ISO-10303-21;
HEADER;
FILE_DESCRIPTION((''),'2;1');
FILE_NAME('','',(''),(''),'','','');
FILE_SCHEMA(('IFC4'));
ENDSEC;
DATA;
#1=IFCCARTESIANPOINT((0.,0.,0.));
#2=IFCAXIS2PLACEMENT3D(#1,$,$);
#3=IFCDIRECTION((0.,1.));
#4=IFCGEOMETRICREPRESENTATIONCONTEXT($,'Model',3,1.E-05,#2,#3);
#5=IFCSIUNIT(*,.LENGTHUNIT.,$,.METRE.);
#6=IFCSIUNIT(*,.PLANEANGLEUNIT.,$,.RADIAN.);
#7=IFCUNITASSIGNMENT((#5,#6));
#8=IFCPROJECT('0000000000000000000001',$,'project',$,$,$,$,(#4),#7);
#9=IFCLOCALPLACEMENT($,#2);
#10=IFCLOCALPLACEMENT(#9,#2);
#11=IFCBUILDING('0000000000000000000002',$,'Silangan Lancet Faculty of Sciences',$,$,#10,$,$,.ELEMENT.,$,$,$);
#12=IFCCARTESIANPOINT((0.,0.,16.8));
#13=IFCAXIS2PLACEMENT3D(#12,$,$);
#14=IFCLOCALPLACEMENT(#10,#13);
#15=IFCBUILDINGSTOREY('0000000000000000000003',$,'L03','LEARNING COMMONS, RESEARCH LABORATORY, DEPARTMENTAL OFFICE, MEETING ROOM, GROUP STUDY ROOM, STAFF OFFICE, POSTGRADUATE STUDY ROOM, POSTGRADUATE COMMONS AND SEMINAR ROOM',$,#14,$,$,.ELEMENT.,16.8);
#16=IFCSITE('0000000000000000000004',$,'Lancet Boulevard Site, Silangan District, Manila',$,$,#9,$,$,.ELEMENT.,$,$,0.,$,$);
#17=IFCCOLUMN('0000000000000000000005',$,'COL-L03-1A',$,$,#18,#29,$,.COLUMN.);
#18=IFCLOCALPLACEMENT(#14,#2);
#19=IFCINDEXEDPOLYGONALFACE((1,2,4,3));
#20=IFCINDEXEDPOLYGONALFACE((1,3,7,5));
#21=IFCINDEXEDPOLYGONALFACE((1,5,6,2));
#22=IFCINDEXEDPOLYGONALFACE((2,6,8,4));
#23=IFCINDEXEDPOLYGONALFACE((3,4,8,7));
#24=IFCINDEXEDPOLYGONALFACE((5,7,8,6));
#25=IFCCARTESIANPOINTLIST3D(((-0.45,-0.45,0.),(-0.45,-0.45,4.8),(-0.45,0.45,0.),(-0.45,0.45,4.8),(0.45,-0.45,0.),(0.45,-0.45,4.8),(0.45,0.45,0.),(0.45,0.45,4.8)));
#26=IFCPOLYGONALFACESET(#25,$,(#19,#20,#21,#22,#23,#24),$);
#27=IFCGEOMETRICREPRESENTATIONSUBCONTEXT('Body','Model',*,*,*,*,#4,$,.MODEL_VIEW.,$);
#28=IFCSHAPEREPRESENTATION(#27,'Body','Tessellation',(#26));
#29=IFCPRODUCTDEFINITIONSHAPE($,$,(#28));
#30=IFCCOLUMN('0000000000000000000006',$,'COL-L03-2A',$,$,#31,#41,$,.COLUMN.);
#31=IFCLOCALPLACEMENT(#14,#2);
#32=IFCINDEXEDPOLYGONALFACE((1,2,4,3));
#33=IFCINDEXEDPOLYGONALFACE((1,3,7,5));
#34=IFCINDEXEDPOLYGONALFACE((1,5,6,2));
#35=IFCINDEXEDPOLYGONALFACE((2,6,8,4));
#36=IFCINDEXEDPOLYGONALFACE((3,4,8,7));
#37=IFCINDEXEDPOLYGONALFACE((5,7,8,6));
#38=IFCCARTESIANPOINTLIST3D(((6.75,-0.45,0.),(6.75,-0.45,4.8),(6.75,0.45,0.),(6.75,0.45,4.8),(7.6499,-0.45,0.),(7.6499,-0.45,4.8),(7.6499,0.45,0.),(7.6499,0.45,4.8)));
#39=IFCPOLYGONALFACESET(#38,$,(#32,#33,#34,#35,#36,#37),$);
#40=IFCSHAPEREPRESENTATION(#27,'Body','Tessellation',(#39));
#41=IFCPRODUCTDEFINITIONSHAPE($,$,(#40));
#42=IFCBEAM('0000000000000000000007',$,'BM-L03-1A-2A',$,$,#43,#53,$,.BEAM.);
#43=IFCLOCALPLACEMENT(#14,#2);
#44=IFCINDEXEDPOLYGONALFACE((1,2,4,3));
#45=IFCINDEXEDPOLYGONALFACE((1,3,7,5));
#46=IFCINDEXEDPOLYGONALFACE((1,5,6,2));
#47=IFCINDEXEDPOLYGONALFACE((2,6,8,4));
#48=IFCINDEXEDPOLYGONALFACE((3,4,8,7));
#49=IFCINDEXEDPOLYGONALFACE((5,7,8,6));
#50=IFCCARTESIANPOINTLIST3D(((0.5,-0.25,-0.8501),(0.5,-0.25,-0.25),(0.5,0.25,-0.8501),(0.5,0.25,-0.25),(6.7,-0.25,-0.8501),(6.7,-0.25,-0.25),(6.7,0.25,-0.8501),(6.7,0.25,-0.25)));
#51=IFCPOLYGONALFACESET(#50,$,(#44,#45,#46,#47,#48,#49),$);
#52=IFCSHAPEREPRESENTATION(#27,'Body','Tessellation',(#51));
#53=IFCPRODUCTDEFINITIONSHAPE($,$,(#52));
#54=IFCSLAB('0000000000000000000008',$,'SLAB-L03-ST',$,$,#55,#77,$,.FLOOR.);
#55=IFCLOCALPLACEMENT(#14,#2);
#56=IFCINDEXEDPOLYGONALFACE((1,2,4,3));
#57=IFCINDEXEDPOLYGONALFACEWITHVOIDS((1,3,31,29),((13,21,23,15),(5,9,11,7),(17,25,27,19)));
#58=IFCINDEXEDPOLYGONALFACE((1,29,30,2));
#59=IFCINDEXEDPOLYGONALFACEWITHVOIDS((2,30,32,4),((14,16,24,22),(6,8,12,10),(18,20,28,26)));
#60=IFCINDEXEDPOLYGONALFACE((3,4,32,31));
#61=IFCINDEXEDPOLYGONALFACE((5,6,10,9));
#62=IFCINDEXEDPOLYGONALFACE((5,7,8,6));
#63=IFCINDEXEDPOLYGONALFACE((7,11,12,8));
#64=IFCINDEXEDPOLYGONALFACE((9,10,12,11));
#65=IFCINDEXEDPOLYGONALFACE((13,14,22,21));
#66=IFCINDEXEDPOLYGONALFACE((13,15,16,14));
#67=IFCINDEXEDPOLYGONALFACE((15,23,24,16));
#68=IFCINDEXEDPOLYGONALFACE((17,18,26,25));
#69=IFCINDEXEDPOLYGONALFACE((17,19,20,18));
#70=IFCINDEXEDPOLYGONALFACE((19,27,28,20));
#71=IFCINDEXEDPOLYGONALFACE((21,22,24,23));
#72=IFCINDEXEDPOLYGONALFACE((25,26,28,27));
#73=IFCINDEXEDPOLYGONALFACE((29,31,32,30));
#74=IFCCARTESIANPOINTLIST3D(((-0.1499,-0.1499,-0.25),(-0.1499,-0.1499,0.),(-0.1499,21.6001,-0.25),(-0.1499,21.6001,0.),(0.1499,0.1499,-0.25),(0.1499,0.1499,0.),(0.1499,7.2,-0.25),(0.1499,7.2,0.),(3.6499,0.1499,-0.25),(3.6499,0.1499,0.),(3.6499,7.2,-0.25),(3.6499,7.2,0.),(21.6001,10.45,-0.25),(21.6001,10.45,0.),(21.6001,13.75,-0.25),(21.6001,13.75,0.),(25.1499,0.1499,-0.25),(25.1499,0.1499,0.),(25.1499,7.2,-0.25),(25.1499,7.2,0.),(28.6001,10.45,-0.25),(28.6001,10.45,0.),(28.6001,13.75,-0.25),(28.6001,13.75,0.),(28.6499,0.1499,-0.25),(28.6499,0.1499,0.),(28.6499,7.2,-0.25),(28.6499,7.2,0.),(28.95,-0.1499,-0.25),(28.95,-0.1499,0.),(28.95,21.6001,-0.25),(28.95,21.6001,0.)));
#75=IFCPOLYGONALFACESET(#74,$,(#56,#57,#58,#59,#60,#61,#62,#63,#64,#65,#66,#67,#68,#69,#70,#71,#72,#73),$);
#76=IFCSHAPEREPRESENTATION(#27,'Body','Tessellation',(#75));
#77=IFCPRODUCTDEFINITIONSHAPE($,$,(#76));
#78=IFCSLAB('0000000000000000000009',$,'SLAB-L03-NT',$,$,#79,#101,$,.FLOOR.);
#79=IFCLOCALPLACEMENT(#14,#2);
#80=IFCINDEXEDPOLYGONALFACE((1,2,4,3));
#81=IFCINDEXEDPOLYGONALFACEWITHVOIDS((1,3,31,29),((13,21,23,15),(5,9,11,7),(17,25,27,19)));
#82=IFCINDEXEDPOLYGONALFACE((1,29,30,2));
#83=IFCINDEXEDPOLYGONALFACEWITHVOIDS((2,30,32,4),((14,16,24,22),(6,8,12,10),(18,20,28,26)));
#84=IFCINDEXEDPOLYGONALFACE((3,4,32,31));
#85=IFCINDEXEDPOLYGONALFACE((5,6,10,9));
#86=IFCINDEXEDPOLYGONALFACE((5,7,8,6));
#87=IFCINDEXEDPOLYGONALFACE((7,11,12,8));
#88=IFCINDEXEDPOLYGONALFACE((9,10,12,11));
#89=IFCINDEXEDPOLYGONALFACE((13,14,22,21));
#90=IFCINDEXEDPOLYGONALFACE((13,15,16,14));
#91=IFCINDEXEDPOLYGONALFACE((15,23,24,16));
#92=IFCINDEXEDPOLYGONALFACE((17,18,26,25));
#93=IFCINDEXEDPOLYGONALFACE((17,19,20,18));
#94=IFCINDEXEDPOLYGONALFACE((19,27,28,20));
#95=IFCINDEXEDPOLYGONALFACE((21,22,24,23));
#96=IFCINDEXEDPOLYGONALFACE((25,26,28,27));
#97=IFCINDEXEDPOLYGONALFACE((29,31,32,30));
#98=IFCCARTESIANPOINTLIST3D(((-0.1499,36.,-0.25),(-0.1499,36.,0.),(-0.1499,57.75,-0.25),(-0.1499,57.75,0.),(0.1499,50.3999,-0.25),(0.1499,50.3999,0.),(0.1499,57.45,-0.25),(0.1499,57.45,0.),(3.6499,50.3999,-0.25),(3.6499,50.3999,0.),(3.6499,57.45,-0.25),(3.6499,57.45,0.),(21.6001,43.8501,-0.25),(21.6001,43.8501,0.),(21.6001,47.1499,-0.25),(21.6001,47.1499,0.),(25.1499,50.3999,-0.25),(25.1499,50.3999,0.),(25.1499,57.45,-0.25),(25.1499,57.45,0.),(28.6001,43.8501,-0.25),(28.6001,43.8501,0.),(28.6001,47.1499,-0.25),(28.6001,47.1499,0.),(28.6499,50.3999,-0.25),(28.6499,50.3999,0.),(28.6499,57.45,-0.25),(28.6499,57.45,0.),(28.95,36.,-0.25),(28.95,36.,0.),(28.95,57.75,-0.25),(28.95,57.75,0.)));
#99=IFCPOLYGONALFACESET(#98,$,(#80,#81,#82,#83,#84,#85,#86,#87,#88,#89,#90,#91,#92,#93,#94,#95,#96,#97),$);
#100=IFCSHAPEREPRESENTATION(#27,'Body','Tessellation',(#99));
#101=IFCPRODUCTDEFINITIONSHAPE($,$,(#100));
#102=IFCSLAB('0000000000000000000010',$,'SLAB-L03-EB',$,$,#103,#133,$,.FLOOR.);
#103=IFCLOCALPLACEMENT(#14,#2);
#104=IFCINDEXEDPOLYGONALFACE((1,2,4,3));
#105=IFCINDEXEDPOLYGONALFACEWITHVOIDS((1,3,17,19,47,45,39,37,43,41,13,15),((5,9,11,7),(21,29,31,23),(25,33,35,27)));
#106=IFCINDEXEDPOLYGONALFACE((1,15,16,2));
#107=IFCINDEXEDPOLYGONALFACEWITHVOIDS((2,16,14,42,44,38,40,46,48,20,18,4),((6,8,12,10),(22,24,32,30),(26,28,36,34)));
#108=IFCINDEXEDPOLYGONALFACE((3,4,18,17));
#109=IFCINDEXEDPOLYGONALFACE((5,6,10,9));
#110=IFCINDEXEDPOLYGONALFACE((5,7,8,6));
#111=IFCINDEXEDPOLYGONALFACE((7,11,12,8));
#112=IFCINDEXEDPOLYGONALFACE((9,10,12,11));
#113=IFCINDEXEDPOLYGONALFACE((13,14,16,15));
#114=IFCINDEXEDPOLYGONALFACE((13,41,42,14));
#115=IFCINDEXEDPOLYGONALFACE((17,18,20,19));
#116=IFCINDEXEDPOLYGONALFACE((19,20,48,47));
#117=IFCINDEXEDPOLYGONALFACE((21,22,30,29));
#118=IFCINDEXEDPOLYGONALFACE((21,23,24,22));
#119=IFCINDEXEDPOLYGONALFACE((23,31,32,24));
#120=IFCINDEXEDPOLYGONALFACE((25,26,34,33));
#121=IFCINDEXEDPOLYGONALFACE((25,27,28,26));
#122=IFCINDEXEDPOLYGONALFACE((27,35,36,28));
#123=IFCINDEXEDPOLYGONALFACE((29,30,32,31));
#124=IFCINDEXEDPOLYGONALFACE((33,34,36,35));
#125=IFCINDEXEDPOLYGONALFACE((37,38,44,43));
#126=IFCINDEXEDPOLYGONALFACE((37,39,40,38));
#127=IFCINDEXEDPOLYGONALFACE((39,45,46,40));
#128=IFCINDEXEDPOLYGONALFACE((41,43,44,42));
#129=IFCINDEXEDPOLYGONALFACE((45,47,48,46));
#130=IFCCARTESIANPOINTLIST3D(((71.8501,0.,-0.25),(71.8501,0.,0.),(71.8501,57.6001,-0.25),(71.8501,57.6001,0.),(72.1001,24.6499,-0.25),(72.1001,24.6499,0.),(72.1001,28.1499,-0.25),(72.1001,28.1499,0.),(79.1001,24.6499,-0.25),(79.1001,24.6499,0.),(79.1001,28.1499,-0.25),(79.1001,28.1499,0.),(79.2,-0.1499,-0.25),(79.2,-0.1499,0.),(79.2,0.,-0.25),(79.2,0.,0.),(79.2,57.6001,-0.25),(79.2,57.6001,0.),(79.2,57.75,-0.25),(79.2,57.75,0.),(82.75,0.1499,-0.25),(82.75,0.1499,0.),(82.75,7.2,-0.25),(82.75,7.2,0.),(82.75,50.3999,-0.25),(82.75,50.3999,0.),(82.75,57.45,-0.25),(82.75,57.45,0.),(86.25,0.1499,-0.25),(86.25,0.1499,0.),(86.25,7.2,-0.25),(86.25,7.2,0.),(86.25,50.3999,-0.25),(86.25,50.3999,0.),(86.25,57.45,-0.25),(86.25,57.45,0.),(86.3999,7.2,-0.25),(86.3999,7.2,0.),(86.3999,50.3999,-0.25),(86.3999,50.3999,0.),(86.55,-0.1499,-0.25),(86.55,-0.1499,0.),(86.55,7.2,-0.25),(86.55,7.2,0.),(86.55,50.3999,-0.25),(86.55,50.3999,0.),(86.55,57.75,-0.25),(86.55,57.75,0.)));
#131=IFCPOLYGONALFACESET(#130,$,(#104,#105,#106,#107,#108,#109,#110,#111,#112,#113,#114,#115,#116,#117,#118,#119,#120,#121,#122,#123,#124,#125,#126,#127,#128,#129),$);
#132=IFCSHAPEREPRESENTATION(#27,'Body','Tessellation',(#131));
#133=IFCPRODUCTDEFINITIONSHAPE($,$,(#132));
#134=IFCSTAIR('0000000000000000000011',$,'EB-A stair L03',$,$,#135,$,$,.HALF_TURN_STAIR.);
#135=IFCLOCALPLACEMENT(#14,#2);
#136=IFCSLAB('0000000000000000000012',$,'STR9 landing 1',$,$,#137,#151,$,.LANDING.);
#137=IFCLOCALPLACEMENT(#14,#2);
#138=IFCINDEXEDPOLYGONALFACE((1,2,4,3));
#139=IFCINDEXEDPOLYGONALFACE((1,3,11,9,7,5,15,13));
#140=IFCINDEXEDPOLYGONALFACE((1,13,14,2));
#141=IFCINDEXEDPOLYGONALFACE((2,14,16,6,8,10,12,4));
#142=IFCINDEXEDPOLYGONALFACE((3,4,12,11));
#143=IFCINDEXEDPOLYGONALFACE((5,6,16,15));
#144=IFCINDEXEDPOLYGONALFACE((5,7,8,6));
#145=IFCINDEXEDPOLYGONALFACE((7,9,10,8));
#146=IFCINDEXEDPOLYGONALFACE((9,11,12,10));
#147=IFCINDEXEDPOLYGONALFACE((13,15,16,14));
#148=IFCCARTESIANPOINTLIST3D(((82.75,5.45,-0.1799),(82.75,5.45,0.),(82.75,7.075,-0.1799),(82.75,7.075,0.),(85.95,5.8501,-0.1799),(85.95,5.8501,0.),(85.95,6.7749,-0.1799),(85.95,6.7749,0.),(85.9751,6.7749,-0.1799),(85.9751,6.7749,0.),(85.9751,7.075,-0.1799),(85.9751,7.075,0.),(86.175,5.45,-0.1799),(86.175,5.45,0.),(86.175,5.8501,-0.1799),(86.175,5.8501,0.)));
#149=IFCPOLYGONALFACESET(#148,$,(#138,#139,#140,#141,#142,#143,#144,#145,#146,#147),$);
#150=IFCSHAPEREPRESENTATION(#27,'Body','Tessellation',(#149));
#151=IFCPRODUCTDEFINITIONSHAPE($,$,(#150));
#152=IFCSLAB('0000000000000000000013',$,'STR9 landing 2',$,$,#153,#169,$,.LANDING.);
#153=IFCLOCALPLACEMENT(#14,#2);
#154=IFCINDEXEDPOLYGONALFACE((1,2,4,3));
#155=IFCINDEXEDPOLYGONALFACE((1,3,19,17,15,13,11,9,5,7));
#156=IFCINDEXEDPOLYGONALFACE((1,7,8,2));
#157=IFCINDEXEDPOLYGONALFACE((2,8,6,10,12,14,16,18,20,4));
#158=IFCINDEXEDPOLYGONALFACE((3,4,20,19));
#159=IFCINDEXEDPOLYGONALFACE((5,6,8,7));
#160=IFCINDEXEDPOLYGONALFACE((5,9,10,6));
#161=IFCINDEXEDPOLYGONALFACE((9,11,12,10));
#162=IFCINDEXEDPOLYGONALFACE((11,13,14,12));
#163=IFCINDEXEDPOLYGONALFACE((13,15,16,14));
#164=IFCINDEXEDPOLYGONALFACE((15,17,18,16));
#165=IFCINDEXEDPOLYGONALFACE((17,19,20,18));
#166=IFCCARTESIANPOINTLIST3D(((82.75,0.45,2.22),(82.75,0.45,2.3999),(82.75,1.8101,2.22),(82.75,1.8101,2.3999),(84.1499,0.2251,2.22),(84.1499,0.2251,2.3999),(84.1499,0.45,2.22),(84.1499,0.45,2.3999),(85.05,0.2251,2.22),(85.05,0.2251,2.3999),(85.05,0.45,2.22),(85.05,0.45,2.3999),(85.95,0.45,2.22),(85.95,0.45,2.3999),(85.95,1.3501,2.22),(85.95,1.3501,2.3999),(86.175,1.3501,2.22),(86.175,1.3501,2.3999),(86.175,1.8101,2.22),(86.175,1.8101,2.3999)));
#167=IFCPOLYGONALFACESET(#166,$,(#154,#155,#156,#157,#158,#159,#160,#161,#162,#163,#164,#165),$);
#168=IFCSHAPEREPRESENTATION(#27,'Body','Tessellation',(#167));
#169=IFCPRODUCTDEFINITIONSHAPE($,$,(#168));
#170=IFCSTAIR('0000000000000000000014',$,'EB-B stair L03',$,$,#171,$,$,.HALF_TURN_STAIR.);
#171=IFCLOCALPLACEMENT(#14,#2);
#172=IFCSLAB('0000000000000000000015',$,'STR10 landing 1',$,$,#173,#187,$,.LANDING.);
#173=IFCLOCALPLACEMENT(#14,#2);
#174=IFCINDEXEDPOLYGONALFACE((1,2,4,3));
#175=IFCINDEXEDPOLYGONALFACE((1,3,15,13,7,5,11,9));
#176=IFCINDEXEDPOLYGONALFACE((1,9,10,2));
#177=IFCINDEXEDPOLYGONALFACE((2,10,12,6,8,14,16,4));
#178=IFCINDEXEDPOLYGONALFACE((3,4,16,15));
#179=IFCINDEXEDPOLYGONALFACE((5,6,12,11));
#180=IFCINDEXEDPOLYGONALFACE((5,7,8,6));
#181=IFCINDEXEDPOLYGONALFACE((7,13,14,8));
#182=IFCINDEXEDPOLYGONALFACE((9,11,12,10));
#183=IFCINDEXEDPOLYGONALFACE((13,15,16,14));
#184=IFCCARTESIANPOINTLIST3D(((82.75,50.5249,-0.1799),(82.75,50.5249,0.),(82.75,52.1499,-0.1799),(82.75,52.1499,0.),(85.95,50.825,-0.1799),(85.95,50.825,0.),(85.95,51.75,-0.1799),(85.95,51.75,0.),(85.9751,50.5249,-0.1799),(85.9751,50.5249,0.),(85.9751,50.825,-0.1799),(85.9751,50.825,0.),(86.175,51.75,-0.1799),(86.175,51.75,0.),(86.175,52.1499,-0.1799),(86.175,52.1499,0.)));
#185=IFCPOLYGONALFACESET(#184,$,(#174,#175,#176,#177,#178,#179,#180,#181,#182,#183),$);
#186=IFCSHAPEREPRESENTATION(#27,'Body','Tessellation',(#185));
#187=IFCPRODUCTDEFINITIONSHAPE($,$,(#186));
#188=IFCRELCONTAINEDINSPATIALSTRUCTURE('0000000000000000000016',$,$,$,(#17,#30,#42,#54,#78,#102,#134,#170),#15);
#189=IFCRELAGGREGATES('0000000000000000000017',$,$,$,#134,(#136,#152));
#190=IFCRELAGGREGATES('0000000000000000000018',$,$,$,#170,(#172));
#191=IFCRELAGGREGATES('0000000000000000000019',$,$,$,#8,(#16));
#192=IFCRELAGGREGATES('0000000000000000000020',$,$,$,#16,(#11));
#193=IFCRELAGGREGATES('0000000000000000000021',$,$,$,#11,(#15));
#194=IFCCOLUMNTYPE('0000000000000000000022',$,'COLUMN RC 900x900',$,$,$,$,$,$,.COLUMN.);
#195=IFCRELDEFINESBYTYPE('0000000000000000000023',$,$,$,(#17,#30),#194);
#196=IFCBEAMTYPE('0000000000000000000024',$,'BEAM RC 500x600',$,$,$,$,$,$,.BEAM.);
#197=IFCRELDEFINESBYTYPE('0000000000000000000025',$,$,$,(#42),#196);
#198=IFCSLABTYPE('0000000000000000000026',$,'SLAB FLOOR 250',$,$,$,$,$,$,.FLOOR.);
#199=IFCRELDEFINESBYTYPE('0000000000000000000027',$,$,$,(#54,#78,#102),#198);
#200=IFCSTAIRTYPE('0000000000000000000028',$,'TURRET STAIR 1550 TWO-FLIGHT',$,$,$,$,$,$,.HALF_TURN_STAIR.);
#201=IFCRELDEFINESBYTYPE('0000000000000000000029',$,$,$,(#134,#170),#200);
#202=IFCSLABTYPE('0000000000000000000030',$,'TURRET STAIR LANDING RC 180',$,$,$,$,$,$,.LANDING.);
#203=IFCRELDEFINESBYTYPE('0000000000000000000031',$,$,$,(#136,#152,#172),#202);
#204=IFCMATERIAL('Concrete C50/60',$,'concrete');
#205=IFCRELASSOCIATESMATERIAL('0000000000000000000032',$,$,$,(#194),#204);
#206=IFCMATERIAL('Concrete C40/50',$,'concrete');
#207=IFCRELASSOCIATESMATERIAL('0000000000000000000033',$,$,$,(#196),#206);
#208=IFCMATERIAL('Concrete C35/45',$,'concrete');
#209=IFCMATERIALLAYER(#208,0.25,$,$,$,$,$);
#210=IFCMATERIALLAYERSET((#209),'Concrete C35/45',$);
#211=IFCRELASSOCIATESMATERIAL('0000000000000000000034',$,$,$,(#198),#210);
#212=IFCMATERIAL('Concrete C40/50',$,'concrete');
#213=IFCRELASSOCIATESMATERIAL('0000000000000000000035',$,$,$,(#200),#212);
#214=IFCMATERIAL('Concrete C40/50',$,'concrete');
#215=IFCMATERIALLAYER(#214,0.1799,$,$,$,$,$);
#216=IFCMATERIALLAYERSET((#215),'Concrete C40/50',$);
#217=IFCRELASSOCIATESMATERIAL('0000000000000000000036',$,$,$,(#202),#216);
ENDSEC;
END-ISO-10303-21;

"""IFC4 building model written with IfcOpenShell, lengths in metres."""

from ifc_helpers import new_model, si_unit, direction, frame, origin, origin_2d, place, context, subcontext, project, spatial, polyline, rectangle, outline, extrude, material, layer, layer_set, material_profile, profile_set, type_object, element, aggregate, save


model = new_model("IFC4")

# Units and contexts
model_context = context("Model", 3, precision=1e-05, world=origin(), true_north=direction((0.0, 1.0)))
body_context = subcontext(model_context, "Body", "Model", "MODEL_VIEW")
ifc_project = project(units=[si_unit("LENGTHUNIT", "METRE"), si_unit("PLANEANGLEUNIT", "RADIAN")], contexts=[model_context])

# Site, building, storey
site_placement = place(None, origin())
site = spatial("IfcSite", under=ifc_project, at=site_placement, Name="Lancet Boulevard Site, Silangan District, Manila", CompositionType="ELEMENT", RefElevation=0.0)
building_placement = place(site_placement, origin())
building = spatial("IfcBuilding", under=site, at=building_placement, Name="Silangan Lancet Faculty of Sciences", CompositionType="ELEMENT")
storey_placement = place(building_placement, frame((0.0, 0.0, 16.8)))
storey = spatial("IfcBuildingStorey", under=building, at=storey_placement, Name="L03", Description="LEARNING COMMONS, RESEARCH LABORATORY, DEPARTMENTAL OFFICE, MEETING ROOM, GROUP STUDY ROOM, STAFF OFFICE, POSTGRADUATE STUDY ROOM, POSTGRADUATE COMMONS AND SEMINAR ROOM", CompositionType="ELEMENT", Elevation=16.8)

# Columns
ifc_material_1 = material(Name="Concrete C50/60", Category="concrete")
ifc_material_profile_1 = material_profile(ifc_material_1, rectangle(XDim=0.8999, YDim=0.8999, at=origin_2d()), Name="RC 900x900")
ifc_profile_set_1 = profile_set([ifc_material_profile_1], Name="Concrete C50/60")
column_type = type_object("IfcColumnType", Name="COLUMN RC 900x900", PredefinedType="COLUMN", material=ifc_profile_set_1)
for number, where, z_axis, x_axis, name in (
    (1, (0.0, 0.0, 0.0), (0.0, 0.0, 1.0), (1.0, 0.0, 0.0), "COL-L03-1A"),
    (2, (7.2, 0.0, 0.0), (0.0, 0.0, 1.0), (1.0, 0.0, 0.0), "COL-L03-2A"),
):
    element("IfcColumn", number, at=place(storey_placement, frame(where, z_axis=z_axis, x_axis=x_axis)), inside=storey, type_object=column_type, Name=name, PredefinedType="COLUMN", context=body_context, shape_type="SweptSolid", body=[
        extrude(rectangle(XDim=0.8999, YDim=0.8999, at=origin_2d()), origin(), (0.0, 0.0, 1.0), 4.8),
    ])

# Beam
ifc_material_2 = material(Name="Concrete C40/50", Category="concrete")
ifc_material_profile_2 = material_profile(ifc_material_2, rectangle(XDim=0.5, YDim=0.6001, at=origin_2d()), Name="RC 500x600")
ifc_profile_set_2 = profile_set([ifc_material_profile_2], Name="Concrete C40/50")
beam_type = type_object("IfcBeamType", Name="BEAM RC 500x600", PredefinedType="BEAM", material=ifc_profile_set_2)
beam_placement = place(storey_placement, frame((0.5, 0.0, -0.55), z_axis=(1.0, 0.0, 0.0), x_axis=(0.0, 1.0, 0.0)))
element("IfcBeam", 3, at=beam_placement, inside=storey, type_object=beam_type, Name="BM-L03-1A-2A", PredefinedType="BEAM", context=body_context, shape_type="SweptSolid", body=[
    extrude(rectangle(XDim=0.5, YDim=0.6001, at=origin_2d()), origin(), (0.0, 0.0, 1.0), 6.2),
])

# Slabs
ifc_material_3 = material(Name="Concrete C35/45", Category="concrete")
ifc_layer_1 = layer(ifc_material_3, 0.25)
ifc_layer_set_1 = layer_set([ifc_layer_1], Name="Concrete C35/45")
slab_type_1 = type_object("IfcSlabType", Name="SLAB FLOOR 250", PredefinedType="FLOOR", material=ifc_layer_set_1)
slab_1_placement = place(storey_placement, frame((0.0, 0.0, -0.25)))
element("IfcSlab", 4, at=slab_1_placement, inside=storey, type_object=slab_type_1, Name="SLAB-L03-ST", PredefinedType="FLOOR", context=body_context, shape_type="SweptSolid", body=[
    extrude(outline(polyline([(-0.1499, 21.6001), (-0.1499, -0.1499), (28.95, -0.1499), (28.95, 21.6001), (-0.1499, 21.6001)]), holes=[polyline([(0.1499, 7.2), (3.6499, 7.2), (3.6499, 0.1499), (0.1499, 0.1499), (0.1499, 7.2)]), polyline([(25.1499, 0.1499), (25.1499, 7.2), (28.6499, 7.2), (28.6499, 0.1499), (25.1499, 0.1499)]), polyline([(21.6001, 13.75), (28.6001, 13.75), (28.6001, 10.45), (21.6001, 10.45), (21.6001, 13.75)])]), origin(), (0.0, 0.0, 1.0), 0.25),
])
slab_2_placement = place(storey_placement, frame((0.0, 0.0, -0.25)))
element("IfcSlab", 5, at=slab_2_placement, inside=storey, type_object=slab_type_1, Name="SLAB-L03-NT", PredefinedType="FLOOR", context=body_context, shape_type="SweptSolid", body=[
    extrude(outline(polyline([(-0.1499, 36.0), (28.95, 36.0), (28.95, 57.75), (-0.1499, 57.75), (-0.1499, 36.0)]), holes=[polyline([(21.6001, 43.8501), (21.6001, 47.1499), (28.6001, 47.1499), (28.6001, 43.8501), (21.6001, 43.8501)]), polyline([(0.1499, 50.3999), (0.1499, 57.45), (3.6499, 57.45), (3.6499, 50.3999), (0.1499, 50.3999)]), polyline([(25.1499, 57.45), (28.6499, 57.45), (28.6499, 50.3999), (25.1499, 50.3999), (25.1499, 57.45)])]), origin(), (0.0, 0.0, 1.0), 0.25),
])
slab_3_placement = place(storey_placement, frame((0.0, 0.0, -0.25)))
element("IfcSlab", 6, at=slab_3_placement, inside=storey, type_object=slab_type_1, Name="SLAB-L03-EB", PredefinedType="FLOOR", context=body_context, shape_type="SweptSolid", body=[
    extrude(outline(polyline([(86.55, 7.2), (86.3999, 7.2), (86.3999, 50.3999), (86.55, 50.3999), (86.55, 57.75), (79.2, 57.75), (79.2, 57.6001), (71.8501, 57.6001), (71.8501, 0.0), (79.2, 0.0), (79.2, -0.1499), (86.55, -0.1499), (86.55, 7.2)]), holes=[polyline([(82.75, 7.2), (86.25, 7.2), (86.25, 0.1499), (82.75, 0.1499), (82.75, 7.2)]), polyline([(79.1001, 28.1499), (79.1001, 24.6499), (72.1001, 24.6499), (72.1001, 28.1499), (79.1001, 28.1499)]), polyline([(82.75, 57.45), (86.25, 57.45), (86.25, 50.3999), (82.75, 50.3999), (82.75, 57.45)])]), origin(), (0.0, 0.0, 1.0), 0.25),
])

# Stairs, slabs
ifc_material_4 = material(Name="Concrete C40/50", Category="concrete")
stair_type = type_object("IfcStairType", Name="TURRET STAIR 1550 TWO-FLIGHT", PredefinedType="HALF_TURN_STAIR", material=ifc_material_4)
stair_1_placement = place(storey_placement, origin())
stair_1 = element("IfcStair", 7, at=stair_1_placement, inside=storey, type_object=stair_type, Name="EB-A stair L03", PredefinedType="HALF_TURN_STAIR")
ifc_material_5 = material(Name="Concrete C40/50", Category="concrete")
ifc_layer_2 = layer(ifc_material_5, 0.1799)
ifc_layer_set_2 = layer_set([ifc_layer_2], Name="Concrete C40/50")
slab_type_2 = type_object("IfcSlabType", Name="TURRET STAIR LANDING RC 180", PredefinedType="LANDING", material=ifc_layer_set_2)
slab_4_placement = place(storey_placement, frame((0.0, 0.0, -0.1799)))
slab_4 = element("IfcSlab", 8, at=slab_4_placement, type_object=slab_type_2, Name="STR9 landing 1", PredefinedType="LANDING", context=body_context, shape_type="SweptSolid", body=[
    extrude(outline(polyline([(85.95, 6.7749), (85.95, 5.8501), (86.175, 5.8501), (86.175, 5.45), (82.75, 5.45), (82.75, 7.075), (85.9751, 7.075), (85.9751, 6.7749), (85.95, 6.7749)])), origin(), (0.0, 0.0, 1.0), 0.1799),
])
slab_5_placement = place(storey_placement, frame((0.0, 0.0, 2.22)))
slab_5 = element("IfcSlab", 9, at=slab_5_placement, type_object=slab_type_2, Name="STR9 landing 2", PredefinedType="LANDING", context=body_context, shape_type="SweptSolid", body=[
    extrude(outline(polyline([(85.95, 0.45), (85.05, 0.45), (85.05, 0.2251), (84.1499, 0.2251), (84.1499, 0.45), (82.75, 0.45), (82.75, 1.8101), (86.175, 1.8101), (86.175, 1.3501), (85.95, 1.3501), (85.95, 0.45)])), origin(), (0.0, 0.0, 1.0), 0.1799),
])
aggregate(stair_1, [slab_4, slab_5])
stair_2_placement = place(storey_placement, origin())
stair_2 = element("IfcStair", 10, at=stair_2_placement, inside=storey, type_object=stair_type, Name="EB-B stair L03", PredefinedType="HALF_TURN_STAIR")
slab_6_placement = place(storey_placement, frame((0.0, 0.0, -0.1799)))
slab_6 = element("IfcSlab", 11, at=slab_6_placement, type_object=slab_type_2, Name="STR10 landing 1", PredefinedType="LANDING", context=body_context, shape_type="SweptSolid", body=[
    extrude(outline(polyline([(85.95, 50.825), (85.9751, 50.825), (85.9751, 50.5249), (82.75, 50.5249), (82.75, 52.1499), (86.175, 52.1499), (86.175, 51.75), (85.95, 51.75), (85.95, 50.825)])), origin(), (0.0, 0.0, 1.0), 0.1799),
])
aggregate(stair_2, [slab_6])

save(model, "model.ifc")
